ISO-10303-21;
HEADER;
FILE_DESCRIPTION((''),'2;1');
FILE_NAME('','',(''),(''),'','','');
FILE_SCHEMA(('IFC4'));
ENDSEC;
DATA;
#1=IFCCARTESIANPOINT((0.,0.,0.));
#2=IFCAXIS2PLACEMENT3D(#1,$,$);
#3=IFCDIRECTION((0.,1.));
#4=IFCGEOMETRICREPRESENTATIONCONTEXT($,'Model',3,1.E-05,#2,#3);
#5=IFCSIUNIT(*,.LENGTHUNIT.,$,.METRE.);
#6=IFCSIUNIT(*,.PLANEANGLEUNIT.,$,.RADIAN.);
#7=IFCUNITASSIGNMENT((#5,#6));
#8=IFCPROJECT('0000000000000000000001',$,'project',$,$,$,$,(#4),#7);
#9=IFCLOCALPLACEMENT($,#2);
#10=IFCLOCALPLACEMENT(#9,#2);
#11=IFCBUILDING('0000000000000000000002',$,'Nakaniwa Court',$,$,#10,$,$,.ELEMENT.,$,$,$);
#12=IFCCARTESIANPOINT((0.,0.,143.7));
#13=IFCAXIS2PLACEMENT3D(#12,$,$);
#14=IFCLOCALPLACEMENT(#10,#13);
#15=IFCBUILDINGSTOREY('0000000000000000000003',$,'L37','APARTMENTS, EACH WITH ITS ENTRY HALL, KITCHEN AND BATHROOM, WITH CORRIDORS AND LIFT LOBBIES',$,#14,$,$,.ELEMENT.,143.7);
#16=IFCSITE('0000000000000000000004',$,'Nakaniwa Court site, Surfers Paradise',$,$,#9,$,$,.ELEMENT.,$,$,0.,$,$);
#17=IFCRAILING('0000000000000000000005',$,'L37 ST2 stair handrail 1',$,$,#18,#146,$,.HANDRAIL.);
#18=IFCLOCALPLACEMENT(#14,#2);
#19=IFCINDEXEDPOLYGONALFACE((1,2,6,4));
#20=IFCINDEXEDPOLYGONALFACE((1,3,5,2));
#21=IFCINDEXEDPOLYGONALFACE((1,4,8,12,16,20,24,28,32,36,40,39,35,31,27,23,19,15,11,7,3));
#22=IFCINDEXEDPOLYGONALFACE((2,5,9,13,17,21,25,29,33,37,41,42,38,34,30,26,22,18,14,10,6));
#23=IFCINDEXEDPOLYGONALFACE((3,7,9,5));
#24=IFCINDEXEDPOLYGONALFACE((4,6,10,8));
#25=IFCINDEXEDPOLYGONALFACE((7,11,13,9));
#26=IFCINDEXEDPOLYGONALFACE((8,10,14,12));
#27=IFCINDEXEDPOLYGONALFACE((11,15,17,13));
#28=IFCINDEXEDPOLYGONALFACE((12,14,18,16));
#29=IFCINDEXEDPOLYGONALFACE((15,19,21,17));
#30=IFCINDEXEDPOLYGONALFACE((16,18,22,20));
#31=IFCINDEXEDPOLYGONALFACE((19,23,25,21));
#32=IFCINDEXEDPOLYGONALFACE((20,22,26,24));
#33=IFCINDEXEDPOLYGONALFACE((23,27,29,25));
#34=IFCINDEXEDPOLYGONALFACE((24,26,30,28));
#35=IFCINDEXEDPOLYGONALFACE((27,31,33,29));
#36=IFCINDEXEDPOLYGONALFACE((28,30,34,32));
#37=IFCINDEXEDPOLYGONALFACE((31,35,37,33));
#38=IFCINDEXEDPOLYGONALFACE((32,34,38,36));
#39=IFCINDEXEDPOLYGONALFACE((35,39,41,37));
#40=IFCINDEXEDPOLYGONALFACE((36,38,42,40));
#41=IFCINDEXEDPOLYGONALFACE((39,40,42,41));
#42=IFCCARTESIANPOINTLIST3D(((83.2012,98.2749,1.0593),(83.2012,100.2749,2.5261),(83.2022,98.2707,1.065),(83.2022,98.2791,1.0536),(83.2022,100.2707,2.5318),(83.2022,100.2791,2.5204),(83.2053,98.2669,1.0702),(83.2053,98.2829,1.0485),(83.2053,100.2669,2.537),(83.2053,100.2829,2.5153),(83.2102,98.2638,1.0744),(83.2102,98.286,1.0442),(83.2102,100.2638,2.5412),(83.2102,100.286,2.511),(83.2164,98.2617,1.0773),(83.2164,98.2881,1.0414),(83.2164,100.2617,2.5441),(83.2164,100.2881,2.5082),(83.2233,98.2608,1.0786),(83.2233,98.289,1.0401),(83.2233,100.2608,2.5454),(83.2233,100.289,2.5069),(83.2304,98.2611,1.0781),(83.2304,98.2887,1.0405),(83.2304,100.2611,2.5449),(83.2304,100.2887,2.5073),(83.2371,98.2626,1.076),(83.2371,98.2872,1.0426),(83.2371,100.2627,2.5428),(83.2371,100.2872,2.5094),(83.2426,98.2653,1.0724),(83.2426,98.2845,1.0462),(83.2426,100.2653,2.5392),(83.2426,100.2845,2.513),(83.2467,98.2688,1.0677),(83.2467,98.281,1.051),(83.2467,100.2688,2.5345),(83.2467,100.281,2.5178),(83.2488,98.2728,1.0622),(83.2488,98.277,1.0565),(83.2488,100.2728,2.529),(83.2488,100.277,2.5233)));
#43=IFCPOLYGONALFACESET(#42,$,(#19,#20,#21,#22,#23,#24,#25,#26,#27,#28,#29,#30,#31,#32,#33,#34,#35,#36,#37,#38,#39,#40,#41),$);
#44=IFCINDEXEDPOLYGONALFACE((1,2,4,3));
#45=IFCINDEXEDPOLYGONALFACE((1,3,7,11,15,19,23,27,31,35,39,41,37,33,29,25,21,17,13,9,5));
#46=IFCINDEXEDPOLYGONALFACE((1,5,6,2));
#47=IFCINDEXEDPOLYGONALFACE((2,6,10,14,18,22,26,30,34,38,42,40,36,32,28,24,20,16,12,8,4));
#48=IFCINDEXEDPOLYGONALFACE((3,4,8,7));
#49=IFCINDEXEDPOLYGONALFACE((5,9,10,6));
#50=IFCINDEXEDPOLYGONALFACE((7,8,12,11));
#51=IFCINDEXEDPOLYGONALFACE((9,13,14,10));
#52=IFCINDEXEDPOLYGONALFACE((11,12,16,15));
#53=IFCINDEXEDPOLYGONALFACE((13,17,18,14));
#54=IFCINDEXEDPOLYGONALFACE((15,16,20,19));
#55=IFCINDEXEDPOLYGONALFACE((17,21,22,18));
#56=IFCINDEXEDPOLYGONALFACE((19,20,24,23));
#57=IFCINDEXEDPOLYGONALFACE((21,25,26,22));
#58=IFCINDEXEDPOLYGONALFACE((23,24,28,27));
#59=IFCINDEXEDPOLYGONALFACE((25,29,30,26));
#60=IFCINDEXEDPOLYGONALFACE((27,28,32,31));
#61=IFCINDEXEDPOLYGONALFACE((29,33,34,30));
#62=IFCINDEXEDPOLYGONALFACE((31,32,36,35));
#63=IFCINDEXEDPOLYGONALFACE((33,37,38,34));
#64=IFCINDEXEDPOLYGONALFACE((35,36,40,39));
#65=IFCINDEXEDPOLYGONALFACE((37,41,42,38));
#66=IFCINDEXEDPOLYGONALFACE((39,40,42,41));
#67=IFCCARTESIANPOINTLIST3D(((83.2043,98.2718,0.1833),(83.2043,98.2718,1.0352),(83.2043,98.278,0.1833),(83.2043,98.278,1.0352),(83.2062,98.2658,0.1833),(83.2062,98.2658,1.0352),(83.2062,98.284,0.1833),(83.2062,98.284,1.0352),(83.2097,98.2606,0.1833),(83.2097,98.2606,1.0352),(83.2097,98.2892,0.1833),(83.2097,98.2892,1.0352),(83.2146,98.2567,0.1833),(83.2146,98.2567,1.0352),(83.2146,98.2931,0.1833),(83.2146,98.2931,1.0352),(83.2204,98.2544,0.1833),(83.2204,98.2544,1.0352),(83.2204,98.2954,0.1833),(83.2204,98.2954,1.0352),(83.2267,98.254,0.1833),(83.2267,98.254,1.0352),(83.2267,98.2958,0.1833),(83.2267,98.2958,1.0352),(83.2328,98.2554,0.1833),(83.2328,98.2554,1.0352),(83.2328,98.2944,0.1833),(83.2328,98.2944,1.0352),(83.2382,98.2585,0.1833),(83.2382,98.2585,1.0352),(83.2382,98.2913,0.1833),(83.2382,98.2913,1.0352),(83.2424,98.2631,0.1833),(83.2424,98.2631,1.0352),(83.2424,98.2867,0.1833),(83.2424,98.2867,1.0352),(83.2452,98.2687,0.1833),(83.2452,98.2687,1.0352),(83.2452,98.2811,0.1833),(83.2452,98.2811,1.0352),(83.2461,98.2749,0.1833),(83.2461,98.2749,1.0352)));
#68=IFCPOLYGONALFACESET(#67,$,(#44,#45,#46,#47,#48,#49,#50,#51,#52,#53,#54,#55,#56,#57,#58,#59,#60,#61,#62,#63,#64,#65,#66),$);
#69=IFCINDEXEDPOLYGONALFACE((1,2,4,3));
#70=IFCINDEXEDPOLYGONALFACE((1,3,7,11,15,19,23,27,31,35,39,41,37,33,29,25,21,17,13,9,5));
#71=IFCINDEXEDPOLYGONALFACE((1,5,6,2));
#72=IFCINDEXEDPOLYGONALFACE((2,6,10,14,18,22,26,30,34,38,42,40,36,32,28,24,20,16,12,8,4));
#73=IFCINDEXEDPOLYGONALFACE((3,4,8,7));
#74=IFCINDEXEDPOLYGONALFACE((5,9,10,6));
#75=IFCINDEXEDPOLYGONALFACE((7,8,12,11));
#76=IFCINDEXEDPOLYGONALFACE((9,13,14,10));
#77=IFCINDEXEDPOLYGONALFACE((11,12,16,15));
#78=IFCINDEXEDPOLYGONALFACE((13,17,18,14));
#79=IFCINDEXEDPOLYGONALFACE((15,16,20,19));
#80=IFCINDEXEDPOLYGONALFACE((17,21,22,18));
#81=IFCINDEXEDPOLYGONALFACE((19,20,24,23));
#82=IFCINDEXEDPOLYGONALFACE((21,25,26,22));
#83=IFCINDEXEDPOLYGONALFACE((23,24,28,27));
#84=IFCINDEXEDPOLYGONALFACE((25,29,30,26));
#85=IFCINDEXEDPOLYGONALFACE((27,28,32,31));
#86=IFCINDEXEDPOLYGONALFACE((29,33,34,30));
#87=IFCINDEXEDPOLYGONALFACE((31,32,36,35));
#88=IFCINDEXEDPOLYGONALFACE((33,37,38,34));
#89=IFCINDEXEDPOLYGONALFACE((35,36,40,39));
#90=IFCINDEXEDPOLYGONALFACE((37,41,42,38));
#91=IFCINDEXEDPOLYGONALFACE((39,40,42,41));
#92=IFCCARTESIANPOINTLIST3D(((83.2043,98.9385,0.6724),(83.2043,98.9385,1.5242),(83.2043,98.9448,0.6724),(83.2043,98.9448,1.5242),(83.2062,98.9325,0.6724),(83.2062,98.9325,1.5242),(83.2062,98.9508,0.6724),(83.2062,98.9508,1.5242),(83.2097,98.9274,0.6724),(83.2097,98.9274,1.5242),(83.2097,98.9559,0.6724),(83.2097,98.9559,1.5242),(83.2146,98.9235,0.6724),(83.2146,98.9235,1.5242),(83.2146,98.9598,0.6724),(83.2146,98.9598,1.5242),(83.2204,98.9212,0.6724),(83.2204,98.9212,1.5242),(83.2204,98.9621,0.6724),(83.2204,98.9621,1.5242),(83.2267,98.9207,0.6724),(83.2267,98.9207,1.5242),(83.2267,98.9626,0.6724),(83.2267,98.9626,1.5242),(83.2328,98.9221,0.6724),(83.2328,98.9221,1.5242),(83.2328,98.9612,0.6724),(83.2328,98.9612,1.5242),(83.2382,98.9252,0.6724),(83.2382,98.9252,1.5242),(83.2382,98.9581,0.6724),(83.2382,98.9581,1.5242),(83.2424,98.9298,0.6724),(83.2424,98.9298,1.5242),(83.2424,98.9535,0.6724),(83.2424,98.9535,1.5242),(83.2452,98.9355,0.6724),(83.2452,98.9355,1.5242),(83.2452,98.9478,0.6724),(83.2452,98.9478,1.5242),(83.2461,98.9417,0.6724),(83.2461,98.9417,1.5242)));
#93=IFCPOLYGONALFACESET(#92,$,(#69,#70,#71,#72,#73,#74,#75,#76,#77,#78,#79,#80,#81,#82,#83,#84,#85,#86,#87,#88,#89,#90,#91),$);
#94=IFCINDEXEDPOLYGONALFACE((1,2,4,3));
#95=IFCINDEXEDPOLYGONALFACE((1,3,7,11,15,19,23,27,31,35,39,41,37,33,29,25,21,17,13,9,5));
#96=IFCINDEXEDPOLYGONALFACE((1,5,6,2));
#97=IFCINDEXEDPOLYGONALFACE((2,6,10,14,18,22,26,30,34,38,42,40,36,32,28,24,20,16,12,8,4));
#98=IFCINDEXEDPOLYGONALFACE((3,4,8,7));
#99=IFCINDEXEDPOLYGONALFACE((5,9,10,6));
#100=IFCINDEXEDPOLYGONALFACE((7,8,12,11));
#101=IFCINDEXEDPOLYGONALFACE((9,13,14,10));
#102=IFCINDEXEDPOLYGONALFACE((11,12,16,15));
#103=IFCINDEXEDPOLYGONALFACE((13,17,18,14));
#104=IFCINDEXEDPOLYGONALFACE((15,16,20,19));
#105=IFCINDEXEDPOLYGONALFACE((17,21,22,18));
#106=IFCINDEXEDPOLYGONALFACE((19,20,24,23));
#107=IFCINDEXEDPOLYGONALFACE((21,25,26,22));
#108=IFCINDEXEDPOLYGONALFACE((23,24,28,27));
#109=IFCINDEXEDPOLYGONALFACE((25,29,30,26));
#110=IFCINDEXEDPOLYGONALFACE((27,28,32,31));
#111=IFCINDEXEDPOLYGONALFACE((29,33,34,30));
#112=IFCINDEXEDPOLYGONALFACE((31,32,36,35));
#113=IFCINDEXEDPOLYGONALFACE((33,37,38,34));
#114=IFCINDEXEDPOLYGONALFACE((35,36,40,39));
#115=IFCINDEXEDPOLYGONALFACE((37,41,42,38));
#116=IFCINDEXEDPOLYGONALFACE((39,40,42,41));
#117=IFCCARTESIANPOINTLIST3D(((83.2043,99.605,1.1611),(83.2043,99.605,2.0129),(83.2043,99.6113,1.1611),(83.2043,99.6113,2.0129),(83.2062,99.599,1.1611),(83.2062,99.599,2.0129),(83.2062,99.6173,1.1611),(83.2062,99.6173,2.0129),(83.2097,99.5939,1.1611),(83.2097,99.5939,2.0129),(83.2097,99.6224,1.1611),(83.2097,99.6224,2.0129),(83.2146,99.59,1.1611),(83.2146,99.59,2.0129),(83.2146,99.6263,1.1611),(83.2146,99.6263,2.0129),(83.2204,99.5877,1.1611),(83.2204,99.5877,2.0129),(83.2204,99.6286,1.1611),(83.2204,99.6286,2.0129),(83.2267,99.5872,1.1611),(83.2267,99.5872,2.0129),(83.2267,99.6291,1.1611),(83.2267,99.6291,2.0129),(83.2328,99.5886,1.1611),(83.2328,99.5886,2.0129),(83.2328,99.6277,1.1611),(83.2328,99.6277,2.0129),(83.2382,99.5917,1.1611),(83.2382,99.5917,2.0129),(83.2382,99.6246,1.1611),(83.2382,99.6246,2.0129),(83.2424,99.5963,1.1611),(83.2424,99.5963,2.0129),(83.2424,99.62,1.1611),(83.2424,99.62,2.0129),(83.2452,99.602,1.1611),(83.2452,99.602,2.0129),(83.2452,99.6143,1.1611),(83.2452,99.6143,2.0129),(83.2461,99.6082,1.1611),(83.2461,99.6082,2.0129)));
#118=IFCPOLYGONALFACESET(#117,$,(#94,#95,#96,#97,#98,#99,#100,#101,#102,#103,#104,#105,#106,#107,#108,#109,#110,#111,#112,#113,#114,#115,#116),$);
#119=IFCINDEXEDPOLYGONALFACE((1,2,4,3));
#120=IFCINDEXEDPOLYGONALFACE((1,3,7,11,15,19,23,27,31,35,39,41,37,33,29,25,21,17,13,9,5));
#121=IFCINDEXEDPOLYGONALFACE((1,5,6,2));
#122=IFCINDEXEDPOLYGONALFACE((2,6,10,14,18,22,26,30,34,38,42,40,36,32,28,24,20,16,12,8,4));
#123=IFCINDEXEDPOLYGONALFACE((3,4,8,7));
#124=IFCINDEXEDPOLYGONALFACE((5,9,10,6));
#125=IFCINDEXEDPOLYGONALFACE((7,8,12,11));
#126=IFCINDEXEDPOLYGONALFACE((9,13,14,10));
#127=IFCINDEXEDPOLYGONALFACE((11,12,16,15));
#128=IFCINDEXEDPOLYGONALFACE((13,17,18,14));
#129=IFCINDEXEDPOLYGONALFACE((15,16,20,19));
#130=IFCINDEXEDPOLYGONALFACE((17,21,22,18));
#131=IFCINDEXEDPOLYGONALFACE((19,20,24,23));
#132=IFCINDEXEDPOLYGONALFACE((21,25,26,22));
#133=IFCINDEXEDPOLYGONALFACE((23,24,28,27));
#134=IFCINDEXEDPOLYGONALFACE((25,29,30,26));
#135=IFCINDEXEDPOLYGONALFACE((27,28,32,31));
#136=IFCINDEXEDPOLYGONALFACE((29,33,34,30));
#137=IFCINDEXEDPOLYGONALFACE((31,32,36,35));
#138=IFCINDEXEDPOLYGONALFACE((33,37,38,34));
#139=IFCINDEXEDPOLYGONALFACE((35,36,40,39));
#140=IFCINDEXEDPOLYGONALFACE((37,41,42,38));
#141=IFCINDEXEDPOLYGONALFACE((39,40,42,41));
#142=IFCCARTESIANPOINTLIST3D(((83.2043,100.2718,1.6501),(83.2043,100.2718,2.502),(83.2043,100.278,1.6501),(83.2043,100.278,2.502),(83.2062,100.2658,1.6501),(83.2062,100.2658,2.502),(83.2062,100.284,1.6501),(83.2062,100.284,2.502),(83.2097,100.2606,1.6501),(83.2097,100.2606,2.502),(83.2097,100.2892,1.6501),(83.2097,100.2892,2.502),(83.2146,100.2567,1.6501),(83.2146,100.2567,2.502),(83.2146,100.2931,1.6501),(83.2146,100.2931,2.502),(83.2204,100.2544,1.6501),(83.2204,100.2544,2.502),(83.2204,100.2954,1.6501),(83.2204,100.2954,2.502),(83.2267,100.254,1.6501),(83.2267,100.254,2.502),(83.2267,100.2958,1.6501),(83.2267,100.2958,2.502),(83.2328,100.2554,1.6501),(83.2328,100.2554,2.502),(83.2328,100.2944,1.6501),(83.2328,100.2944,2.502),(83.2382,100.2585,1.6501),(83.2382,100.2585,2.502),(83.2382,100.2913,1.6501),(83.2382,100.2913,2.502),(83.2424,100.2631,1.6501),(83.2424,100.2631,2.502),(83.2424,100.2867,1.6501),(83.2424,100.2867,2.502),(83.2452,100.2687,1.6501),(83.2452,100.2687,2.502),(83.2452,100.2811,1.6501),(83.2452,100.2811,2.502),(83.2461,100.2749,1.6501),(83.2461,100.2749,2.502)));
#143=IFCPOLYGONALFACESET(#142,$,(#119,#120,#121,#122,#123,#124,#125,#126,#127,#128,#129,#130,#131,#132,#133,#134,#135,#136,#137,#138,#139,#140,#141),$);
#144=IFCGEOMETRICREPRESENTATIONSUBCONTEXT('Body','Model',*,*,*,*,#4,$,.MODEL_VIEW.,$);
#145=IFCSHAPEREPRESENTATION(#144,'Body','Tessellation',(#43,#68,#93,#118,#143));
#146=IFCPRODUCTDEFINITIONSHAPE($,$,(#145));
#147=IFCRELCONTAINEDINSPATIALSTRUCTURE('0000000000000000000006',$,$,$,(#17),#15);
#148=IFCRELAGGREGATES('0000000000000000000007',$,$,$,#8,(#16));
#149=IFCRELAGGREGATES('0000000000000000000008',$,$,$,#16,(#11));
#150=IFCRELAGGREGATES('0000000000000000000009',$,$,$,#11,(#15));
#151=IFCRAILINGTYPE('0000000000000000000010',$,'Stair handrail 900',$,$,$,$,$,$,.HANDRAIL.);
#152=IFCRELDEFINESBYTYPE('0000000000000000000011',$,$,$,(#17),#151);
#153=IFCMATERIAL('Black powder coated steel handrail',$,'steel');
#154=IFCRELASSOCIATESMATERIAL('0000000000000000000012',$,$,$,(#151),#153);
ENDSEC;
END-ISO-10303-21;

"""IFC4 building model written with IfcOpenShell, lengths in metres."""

from ifc_helpers import new_model, si_unit, direction, frame, origin, origin_2d, place, context, subcontext, project, spatial, circle, extrude, material, type_object, element, save


model = new_model("IFC4")

# Units and contexts
model_context = context("Model", 3, precision=1e-05, world=origin(), true_north=direction((0.0, 1.0)))
body_context = subcontext(model_context, "Body", "Model", "MODEL_VIEW")
ifc_project = project(units=[si_unit("LENGTHUNIT", "METRE"), si_unit("PLANEANGLEUNIT", "RADIAN")], contexts=[model_context])

# Site, building, storey
site_placement = place(None, origin())
site = spatial("IfcSite", under=ifc_project, at=site_placement, Name="Nakaniwa Court site, Surfers Paradise", CompositionType="ELEMENT", RefElevation=0.0)
building_placement = place(site_placement, origin())
building = spatial("IfcBuilding", under=site, at=building_placement, Name="Nakaniwa Court", CompositionType="ELEMENT")
storey_placement = place(building_placement, frame((0.0, 0.0, 143.7)))
storey = spatial("IfcBuildingStorey", under=building, at=storey_placement, Name="L37", Description="APARTMENTS, EACH WITH ITS ENTRY HALL, KITCHEN AND BATHROOM, WITH CORRIDORS AND LIFT LOBBIES", CompositionType="ELEMENT", Elevation=143.7)

# Railing
ifc_material_1 = material(Name="Black powder coated steel handrail", Category="steel")
railing_type_1 = type_object("IfcRailingType", Name="Stair handrail 900", PredefinedType="HANDRAIL", material=ifc_material_1)
railing_1_placement = place(storey_placement, frame((83.2251, 98.2749, 0.1833)))
element("IfcRailing", 1, at=railing_1_placement, inside=storey, type_object=railing_type_1, Name="L37 ST2 stair handrail 1", PredefinedType="HANDRAIL", context=body_context, shape_type="SweptSolid", body=[
    extrude(circle(Radius=0.0239, at=origin_2d()), frame((0.0, 0.0, 0.876), z_axis=(0.0, 0.80638, 0.591398), x_axis=(-1.0, 0.0, 0.0)), (0.0, 0.0, 1.0), 2.4802),
    extrude(circle(Radius=0.021, at=origin_2d()), origin(), (0.0, 0.0, 1.0), 0.8518),
    extrude(circle(Radius=0.021, at=origin_2d()), frame((0.0, 0.6667, 0.489)), (0.0, 0.0, 1.0), 0.8518),
    extrude(circle(Radius=0.021, at=origin_2d()), frame((0.0, 1.3333, 0.9778)), (0.0, 0.0, 1.0), 0.8518),
    extrude(circle(Radius=0.021, at=origin_2d()), frame((0.0, 2.0, 1.4668)), (0.0, 0.0, 1.0), 0.8518),
])

save(model, "model.ifc")
